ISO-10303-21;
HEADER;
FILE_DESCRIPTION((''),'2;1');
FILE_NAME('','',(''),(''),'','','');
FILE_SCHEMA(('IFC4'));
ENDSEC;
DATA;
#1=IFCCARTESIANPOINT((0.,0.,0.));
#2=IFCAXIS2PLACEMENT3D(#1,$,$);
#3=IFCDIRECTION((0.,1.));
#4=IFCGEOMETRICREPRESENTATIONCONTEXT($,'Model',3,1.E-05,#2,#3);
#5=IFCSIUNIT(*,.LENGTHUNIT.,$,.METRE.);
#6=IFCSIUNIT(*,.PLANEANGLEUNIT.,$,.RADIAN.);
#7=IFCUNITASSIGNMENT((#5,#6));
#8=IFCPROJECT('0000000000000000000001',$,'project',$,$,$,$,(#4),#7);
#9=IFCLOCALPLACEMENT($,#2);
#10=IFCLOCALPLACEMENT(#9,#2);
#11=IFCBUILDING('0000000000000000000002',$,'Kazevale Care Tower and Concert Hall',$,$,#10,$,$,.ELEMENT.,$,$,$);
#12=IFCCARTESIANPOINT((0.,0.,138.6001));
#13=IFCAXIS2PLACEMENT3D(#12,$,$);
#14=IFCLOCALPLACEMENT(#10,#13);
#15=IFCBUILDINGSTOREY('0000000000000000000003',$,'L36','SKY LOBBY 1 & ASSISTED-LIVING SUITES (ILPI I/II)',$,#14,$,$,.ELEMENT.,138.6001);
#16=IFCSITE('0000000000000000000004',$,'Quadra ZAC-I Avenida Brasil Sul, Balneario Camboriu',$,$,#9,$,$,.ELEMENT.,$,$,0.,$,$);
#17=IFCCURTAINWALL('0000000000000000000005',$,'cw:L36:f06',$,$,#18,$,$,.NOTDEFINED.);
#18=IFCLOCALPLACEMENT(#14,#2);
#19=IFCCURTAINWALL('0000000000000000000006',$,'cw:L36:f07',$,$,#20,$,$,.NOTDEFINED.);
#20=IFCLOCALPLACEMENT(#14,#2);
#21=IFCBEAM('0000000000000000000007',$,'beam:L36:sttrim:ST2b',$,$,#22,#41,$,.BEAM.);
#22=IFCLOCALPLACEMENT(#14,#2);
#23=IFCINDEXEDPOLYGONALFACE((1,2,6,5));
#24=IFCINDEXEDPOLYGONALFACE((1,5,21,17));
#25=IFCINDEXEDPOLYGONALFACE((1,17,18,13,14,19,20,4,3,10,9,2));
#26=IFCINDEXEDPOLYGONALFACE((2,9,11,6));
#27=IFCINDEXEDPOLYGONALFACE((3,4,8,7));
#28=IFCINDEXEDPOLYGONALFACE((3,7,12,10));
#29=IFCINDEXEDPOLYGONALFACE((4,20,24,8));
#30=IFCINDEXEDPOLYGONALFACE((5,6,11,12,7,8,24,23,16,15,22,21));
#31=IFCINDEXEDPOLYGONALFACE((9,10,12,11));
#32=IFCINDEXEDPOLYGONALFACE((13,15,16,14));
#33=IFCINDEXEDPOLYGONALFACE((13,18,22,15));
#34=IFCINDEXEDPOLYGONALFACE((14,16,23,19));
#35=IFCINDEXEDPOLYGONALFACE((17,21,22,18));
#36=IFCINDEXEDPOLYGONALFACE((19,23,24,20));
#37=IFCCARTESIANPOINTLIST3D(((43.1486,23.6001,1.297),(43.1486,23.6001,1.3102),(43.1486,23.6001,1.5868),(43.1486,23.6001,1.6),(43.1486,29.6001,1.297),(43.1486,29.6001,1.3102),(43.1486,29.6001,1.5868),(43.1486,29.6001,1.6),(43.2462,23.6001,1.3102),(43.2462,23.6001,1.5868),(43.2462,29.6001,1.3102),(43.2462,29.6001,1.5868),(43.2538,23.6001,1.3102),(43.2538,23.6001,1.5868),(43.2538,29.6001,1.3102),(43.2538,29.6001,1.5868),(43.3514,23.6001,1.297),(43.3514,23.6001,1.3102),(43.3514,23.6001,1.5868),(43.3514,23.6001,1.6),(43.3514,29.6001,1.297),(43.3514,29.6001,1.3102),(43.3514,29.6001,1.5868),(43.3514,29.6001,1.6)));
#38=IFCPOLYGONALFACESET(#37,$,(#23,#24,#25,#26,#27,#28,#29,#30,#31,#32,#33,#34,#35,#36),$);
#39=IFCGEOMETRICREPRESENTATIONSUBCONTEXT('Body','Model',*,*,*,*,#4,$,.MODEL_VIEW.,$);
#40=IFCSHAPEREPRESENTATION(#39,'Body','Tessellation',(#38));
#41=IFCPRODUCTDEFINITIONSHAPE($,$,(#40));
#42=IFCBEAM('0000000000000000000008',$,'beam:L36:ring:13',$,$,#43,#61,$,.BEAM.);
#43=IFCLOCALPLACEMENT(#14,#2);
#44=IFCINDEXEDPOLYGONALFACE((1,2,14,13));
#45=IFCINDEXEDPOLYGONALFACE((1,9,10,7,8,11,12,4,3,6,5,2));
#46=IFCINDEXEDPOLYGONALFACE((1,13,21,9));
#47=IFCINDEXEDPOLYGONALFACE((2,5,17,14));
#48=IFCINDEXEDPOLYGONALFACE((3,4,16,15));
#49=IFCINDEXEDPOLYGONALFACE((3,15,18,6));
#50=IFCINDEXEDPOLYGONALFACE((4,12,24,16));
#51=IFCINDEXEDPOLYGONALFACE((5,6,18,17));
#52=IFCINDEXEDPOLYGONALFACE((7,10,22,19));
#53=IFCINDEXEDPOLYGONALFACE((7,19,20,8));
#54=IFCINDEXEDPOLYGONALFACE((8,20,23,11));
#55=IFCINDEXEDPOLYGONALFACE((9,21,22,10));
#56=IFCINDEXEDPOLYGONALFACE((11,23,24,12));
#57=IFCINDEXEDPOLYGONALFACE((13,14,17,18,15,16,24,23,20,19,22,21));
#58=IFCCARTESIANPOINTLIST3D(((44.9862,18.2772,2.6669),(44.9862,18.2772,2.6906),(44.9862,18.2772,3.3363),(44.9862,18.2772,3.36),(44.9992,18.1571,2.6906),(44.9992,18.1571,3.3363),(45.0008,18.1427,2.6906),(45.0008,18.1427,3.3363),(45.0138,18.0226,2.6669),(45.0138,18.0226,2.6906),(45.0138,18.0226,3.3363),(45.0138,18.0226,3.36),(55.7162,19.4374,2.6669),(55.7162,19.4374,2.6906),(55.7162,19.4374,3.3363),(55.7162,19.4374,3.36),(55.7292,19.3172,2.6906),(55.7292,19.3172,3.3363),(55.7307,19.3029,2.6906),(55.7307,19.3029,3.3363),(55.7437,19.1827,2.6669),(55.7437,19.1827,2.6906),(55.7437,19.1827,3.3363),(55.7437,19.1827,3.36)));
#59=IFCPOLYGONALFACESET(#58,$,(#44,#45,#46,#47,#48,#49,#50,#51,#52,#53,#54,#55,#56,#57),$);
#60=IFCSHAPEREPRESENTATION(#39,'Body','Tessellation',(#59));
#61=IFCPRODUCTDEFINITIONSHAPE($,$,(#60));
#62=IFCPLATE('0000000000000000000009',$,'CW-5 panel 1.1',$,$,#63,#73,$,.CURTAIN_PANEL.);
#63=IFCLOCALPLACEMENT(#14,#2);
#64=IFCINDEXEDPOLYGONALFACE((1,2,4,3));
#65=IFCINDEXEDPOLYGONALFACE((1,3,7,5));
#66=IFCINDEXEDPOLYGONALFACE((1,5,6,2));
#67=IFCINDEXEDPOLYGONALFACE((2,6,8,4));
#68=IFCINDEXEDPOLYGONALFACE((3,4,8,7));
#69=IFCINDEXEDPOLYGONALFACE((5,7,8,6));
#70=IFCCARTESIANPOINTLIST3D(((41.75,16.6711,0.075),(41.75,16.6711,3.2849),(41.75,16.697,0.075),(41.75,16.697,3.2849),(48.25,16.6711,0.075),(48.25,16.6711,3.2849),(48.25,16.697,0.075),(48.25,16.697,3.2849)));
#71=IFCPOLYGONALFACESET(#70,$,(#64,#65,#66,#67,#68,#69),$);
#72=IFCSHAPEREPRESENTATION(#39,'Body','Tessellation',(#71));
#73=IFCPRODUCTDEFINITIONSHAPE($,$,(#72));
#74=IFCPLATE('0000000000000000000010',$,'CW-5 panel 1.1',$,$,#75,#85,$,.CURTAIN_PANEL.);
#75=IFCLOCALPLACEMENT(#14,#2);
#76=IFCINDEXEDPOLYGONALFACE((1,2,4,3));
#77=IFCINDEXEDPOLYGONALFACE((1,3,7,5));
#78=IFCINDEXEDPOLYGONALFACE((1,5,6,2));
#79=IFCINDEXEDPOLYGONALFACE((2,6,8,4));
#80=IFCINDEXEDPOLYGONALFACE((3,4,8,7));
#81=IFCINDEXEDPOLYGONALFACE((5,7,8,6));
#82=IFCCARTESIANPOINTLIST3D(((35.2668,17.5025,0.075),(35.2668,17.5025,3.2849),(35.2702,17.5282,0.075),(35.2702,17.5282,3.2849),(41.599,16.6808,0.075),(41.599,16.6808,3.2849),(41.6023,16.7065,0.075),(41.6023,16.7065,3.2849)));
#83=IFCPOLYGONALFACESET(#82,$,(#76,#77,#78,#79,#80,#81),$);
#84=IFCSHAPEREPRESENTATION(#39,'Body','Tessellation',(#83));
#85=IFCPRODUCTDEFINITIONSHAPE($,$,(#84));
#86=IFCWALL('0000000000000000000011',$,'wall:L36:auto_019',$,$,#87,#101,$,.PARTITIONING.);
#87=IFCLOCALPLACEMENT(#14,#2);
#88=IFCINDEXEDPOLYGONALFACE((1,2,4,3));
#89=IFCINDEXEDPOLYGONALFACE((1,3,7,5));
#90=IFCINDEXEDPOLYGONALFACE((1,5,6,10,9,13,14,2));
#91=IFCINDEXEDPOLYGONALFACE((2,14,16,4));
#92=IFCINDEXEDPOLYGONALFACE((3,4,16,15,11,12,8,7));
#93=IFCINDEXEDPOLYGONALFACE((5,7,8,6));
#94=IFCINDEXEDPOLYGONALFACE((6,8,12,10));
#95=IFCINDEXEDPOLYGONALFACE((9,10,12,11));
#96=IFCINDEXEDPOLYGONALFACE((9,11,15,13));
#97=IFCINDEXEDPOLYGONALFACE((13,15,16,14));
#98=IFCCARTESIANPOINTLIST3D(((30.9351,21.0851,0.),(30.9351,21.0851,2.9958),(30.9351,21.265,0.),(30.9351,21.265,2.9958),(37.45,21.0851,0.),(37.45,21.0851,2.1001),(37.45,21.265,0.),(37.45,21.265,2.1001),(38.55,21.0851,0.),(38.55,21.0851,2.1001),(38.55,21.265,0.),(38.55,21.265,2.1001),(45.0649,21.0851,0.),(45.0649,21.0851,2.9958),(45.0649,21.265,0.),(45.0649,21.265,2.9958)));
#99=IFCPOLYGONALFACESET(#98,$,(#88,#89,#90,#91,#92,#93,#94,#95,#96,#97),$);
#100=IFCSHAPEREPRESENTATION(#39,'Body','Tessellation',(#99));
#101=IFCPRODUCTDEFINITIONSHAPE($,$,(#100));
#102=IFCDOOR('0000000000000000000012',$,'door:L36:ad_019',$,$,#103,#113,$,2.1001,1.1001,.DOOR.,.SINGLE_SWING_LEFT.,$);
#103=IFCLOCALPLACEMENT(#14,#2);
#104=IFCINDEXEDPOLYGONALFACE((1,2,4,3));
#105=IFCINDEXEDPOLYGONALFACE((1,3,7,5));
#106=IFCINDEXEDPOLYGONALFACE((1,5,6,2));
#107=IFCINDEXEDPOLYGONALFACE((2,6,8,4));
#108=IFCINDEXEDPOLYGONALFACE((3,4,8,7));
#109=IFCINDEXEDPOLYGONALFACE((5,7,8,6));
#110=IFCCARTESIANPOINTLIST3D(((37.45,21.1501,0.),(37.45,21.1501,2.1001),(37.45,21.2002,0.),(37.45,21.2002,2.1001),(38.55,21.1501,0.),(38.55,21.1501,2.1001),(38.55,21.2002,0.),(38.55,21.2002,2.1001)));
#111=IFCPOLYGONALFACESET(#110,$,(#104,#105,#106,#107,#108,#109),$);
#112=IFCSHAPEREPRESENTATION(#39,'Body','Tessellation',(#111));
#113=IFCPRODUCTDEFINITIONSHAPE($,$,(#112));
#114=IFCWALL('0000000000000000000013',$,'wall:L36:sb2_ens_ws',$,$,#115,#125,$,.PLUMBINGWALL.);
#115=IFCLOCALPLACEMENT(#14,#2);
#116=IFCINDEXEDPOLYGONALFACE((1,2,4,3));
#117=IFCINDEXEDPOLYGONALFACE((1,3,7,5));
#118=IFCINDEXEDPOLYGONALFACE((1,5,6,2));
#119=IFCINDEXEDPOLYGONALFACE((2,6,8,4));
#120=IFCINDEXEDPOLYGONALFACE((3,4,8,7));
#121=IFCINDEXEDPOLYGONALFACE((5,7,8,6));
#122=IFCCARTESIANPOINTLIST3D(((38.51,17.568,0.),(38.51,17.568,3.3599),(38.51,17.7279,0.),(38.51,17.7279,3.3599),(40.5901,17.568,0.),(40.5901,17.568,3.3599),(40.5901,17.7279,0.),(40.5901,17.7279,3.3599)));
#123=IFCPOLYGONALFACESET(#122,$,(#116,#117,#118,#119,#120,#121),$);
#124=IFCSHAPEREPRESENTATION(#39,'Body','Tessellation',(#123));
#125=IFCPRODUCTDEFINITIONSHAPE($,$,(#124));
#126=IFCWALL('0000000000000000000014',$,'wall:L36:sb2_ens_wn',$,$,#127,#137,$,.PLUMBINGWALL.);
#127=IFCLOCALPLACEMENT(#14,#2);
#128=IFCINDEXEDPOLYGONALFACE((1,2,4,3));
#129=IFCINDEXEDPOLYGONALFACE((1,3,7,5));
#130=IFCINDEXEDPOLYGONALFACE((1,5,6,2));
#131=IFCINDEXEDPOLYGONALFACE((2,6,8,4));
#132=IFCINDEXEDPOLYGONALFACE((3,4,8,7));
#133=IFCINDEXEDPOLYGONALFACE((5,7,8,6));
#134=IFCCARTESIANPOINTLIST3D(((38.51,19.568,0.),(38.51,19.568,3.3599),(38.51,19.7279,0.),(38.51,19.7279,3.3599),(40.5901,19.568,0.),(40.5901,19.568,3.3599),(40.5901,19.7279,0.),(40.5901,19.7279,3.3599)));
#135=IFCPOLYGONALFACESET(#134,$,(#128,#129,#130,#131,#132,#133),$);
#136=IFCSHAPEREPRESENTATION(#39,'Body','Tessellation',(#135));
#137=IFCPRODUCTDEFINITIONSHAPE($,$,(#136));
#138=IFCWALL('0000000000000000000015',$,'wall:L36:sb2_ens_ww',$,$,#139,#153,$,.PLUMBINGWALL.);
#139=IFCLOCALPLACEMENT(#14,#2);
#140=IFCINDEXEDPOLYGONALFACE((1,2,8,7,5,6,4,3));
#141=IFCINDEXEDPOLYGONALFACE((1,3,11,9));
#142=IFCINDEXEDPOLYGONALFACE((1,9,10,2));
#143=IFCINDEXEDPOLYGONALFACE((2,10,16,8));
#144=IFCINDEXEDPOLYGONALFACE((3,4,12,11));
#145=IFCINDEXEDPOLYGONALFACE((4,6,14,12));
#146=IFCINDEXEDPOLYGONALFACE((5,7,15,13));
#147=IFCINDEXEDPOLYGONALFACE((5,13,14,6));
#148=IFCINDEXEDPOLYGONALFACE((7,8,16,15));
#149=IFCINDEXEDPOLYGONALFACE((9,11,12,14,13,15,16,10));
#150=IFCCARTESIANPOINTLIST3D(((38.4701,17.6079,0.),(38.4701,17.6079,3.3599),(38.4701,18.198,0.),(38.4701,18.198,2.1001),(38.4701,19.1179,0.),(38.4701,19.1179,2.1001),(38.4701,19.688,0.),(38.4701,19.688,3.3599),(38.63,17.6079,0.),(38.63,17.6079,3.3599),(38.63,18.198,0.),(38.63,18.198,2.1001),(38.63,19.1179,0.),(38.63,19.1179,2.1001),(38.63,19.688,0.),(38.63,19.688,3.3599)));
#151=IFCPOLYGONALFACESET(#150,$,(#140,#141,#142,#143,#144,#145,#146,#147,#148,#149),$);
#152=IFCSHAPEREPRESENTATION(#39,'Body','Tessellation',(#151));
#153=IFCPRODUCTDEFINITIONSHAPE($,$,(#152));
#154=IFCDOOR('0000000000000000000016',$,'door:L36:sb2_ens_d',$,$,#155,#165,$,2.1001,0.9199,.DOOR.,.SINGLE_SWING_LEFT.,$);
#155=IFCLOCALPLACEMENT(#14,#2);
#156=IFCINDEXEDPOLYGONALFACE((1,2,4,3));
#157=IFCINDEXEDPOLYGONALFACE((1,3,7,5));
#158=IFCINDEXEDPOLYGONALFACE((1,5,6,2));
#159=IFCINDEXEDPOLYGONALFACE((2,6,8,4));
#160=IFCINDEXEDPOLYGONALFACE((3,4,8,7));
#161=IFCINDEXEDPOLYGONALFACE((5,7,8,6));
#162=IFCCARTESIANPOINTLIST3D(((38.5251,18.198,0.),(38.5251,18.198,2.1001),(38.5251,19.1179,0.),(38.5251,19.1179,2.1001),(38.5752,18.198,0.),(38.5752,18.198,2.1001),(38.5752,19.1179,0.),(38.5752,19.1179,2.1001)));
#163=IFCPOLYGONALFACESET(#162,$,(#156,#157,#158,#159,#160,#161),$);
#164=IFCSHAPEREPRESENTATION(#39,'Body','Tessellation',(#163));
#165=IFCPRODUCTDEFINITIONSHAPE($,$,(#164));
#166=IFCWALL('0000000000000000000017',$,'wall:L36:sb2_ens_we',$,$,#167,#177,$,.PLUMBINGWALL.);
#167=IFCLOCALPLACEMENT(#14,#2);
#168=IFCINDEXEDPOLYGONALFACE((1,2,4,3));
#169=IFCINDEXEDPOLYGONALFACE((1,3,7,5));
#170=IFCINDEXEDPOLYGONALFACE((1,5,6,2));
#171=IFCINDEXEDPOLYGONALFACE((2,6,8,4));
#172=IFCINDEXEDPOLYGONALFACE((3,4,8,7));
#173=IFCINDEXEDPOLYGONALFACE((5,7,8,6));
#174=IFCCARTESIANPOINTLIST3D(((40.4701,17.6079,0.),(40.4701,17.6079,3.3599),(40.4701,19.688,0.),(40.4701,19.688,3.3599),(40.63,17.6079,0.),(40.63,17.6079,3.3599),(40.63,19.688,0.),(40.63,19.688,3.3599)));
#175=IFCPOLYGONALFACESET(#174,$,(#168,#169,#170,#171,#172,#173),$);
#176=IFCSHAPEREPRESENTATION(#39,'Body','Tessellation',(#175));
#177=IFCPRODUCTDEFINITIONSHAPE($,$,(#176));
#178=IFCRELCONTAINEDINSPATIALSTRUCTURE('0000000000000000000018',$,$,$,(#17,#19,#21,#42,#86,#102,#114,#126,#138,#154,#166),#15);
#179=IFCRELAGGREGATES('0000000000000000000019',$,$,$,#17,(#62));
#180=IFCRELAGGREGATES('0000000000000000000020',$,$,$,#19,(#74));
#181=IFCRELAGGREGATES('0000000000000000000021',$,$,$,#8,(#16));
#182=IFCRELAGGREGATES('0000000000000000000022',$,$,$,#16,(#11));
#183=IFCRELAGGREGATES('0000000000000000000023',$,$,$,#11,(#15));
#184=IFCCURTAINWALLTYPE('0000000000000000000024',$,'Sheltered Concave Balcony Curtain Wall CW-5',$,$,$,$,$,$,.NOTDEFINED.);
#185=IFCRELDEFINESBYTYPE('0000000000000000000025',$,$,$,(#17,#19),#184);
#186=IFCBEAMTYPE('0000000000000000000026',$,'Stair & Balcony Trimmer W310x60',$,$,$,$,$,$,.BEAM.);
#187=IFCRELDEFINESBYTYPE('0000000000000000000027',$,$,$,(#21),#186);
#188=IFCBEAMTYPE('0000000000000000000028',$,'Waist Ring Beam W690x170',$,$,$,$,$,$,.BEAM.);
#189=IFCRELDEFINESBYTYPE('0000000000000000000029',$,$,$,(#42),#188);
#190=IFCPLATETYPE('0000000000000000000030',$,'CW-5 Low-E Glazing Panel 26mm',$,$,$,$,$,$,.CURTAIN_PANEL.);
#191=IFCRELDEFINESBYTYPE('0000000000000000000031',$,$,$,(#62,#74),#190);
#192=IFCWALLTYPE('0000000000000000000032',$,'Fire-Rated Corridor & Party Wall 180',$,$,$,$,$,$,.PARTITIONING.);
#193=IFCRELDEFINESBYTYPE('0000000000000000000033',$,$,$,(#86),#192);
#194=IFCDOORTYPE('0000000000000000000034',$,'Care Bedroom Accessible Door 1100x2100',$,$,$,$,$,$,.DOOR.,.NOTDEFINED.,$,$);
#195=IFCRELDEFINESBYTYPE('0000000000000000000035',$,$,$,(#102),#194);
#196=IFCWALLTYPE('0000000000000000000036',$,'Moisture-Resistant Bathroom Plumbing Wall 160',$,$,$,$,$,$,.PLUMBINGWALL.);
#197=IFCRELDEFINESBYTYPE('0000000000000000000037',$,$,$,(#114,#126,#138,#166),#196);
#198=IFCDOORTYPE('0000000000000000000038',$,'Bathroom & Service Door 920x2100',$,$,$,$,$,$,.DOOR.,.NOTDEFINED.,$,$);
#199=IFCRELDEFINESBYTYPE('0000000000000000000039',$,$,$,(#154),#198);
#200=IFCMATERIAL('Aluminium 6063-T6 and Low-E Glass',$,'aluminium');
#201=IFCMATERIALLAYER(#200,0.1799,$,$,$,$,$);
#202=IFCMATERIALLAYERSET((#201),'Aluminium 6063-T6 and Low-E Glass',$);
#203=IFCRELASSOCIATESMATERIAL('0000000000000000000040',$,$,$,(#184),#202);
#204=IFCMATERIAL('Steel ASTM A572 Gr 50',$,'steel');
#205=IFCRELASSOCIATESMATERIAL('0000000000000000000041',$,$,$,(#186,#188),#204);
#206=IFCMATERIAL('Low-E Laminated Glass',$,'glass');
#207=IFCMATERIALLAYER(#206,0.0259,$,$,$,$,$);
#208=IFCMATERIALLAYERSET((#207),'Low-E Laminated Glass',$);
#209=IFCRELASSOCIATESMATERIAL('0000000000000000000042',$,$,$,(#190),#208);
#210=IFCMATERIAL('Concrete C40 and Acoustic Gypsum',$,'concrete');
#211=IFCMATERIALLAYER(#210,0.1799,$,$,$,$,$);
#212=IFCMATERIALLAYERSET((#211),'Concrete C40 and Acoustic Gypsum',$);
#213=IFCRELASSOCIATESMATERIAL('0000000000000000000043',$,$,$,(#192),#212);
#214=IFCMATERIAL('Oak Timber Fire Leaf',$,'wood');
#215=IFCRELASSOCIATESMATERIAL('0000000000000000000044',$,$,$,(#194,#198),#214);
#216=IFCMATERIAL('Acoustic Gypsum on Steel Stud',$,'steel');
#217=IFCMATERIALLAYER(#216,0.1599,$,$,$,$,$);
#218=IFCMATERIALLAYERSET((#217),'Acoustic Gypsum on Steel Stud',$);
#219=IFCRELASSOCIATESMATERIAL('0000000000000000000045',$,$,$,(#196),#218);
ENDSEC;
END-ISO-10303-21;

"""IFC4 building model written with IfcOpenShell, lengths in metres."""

from ifc_helpers import new_model, si_unit, direction, frame, frame_2d, origin, origin_2d, place, context, subcontext, project, spatial, rectangle, i_section, extrude, material, layer, layer_set, material_profile, profile_set, type_object, element, fill, aggregate, save


model = new_model("IFC4")

# Units and contexts
model_context = context("Model", 3, precision=1e-05, world=origin(), true_north=direction((0.0, 1.0)))
body_context = subcontext(model_context, "Body", "Model", "MODEL_VIEW")
ifc_project = project(units=[si_unit("LENGTHUNIT", "METRE"), si_unit("PLANEANGLEUNIT", "RADIAN")], contexts=[model_context])

# Site, building, storey
site_placement = place(None, origin())
site = spatial("IfcSite", under=ifc_project, at=site_placement, Name="Quadra ZAC-I Avenida Brasil Sul, Balneario Camboriu", CompositionType="ELEMENT", RefElevation=0.0)
building_placement = place(site_placement, origin())
building = spatial("IfcBuilding", under=site, at=building_placement, Name="Kazevale Care Tower and Concert Hall", CompositionType="ELEMENT")
storey_placement = place(building_placement, frame((0.0, 0.0, 138.6001)))
storey = spatial("IfcBuildingStorey", under=building, at=storey_placement, Name="L36", Description="SKY LOBBY 1 & ASSISTED-LIVING SUITES (ILPI I/II)", CompositionType="ELEMENT", Elevation=138.6001)

# Curtain wall
ifc_material_1 = material(Name="Aluminium 6063-T6 and Low-E Glass", Category="aluminium")
ifc_layer_1 = layer(ifc_material_1, 0.1799)
ifc_layer_set_1 = layer_set([ifc_layer_1], Name="Aluminium 6063-T6 and Low-E Glass")
curtain_wall_type = type_object("IfcCurtainWallType", Name="Sheltered Concave Balcony Curtain Wall CW-5", PredefinedType="NOTDEFINED", material=ifc_layer_set_1)
curtain_wall_1_placement = place(storey_placement, origin())
curtain_wall_1 = element("IfcCurtainWall", 1, at=curtain_wall_1_placement, inside=storey, type_object=curtain_wall_type, Name="cw:L36:f06", PredefinedType="NOTDEFINED")

# Curtain wall
curtain_wall_2_placement = place(storey_placement, origin())
curtain_wall_2 = element("IfcCurtainWall", 2, at=curtain_wall_2_placement, inside=storey, type_object=curtain_wall_type, Name="cw:L36:f07", PredefinedType="NOTDEFINED")

# Beams
ifc_material_2 = material(Name="Steel ASTM A572 Gr 50", Category="steel")
ifc_material_profile_1 = material_profile(ifc_material_2, i_section(OverallWidth=0.2029, OverallDepth=0.303, WebThickness=0.0076, FlangeThickness=0.0132, at=origin_2d()), Name="W310x60")
ifc_profile_set_1 = profile_set([ifc_material_profile_1], Name="Steel ASTM A572 Gr 50")
beam_type_1 = type_object("IfcBeamType", Name="Stair & Balcony Trimmer W310x60", PredefinedType="BEAM", material=ifc_profile_set_1)
for number, where, z_axis, x_axis, name in (
    (3, (43.25, 23.6001, 1.4485), (0.0, 1.0, 0.0), (-1.0, 0.0, 0.0), "beam:L36:sttrim:ST2b"),
):
    element("IfcBeam", number, at=place(storey_placement, frame(where, z_axis=z_axis, x_axis=x_axis)), inside=storey, type_object=beam_type_1, Name=name, PredefinedType="BEAM", context=body_context, shape_type="SweptSolid", body=[
        extrude(i_section(OverallWidth=0.2029, OverallDepth=0.303, WebThickness=0.0076, FlangeThickness=0.0132, at=origin_2d()), origin(), (0.0, 0.0, 1.0), 6.0),
    ])
ifc_material_profile_2 = material_profile(ifc_material_2, i_section(OverallWidth=0.2561, OverallDepth=0.6931, WebThickness=0.0144, FlangeThickness=0.0237, at=origin_2d()), Name="W690x170")
ifc_profile_set_2 = profile_set([ifc_material_profile_2], Name="Steel ASTM A572 Gr 50")
beam_type_2 = type_object("IfcBeamType", Name="Waist Ring Beam W690x170", PredefinedType="BEAM", material=ifc_profile_set_2)
beam_1_placement = place(storey_placement, frame((45.0, 18.1499, 3.0134), z_axis=(0.994205, 0.107496, 0.0), x_axis=(-0.107496, 0.994205, 0.0)))
element("IfcBeam", 4, at=beam_1_placement, inside=storey, type_object=beam_type_2, Name="beam:L36:ring:13", PredefinedType="BEAM", context=body_context, shape_type="SweptSolid", body=[
    extrude(i_section(OverallWidth=0.2561, OverallDepth=0.6931, WebThickness=0.0144, FlangeThickness=0.0237, at=origin_2d()), origin(), (0.0, 0.0, 1.0), 10.7925),
])

# Plates
ifc_material_3 = material(Name="Low-E Laminated Glass", Category="glass")
ifc_layer_2 = layer(ifc_material_3, 0.0259)
ifc_layer_set_2 = layer_set([ifc_layer_2], Name="Low-E Laminated Glass")
plate_type = type_object("IfcPlateType", Name="CW-5 Low-E Glazing Panel 26mm", PredefinedType="CURTAIN_PANEL", material=ifc_layer_set_2)
plate_1_placement = place(storey_placement, frame((45.0, 16.6841, 0.075), z_axis=(0.0, 0.0, 1.0), x_axis=(-1.0, 0.0, 0.0)))
plate_1 = element("IfcPlate", 5, at=plate_1_placement, type_object=plate_type, Name="CW-5 panel 1.1", PredefinedType="CURTAIN_PANEL", context=body_context, shape_type="SweptSolid", body=[
    extrude(rectangle(XDim=6.5, YDim=0.0259, at=origin_2d()), origin(), (0.0, 0.0, 1.0), 3.21),
])
aggregate(curtain_wall_1, [plate_1])
plate_2_placement = place(storey_placement, frame((38.4346, 17.1045, 0.075), z_axis=(0.0, 0.0, 1.0), x_axis=(-0.991686, 0.128685, 0.0)))
plate_2 = element("IfcPlate", 6, at=plate_2_placement, type_object=plate_type, Name="CW-5 panel 1.1", PredefinedType="CURTAIN_PANEL", context=body_context, shape_type="SweptSolid", body=[
    extrude(rectangle(XDim=6.3853, YDim=0.0259, at=origin_2d()), origin(), (0.0, 0.0, 1.0), 3.21),
])
aggregate(curtain_wall_2, [plate_2])

# Wall, opening, door
ifc_material_4 = material(Name="Concrete C40 and Acoustic Gypsum", Category="concrete")
ifc_layer_3 = layer(ifc_material_4, 0.1799)
ifc_layer_set_3 = layer_set([ifc_layer_3], Name="Concrete C40 and Acoustic Gypsum")
wall_type_1 = type_object("IfcWallType", Name="Fire-Rated Corridor & Party Wall 180", PredefinedType="PARTITIONING", material=ifc_layer_set_3)
wall_1_placement = place(storey_placement, frame((45.0649, 21.175, 0.0), z_axis=(0.0, 0.0, 1.0), x_axis=(-1.0, 0.0, 0.0)))
wall_1 = element("IfcWall", 7, at=wall_1_placement, inside=storey, type_object=wall_type_1, Name="wall:L36:auto_019", PredefinedType="PARTITIONING", context=body_context, shape_type="SweptSolid", body=[
    extrude(rectangle(XDim=14.1299, YDim=0.1799, at=frame_2d((7.0649, 0.0))), origin(), (0.0, 0.0, 1.0), 2.9958),
])
opening_1_placement = place(wall_1_placement, frame((6.5149, 0.0, 0.0)))
opening_1 = element("IfcOpeningElement", 8, at=opening_1_placement, cuts=wall_1, PredefinedType="OPENING", context=body_context, shape_type="SweptSolid", body=[
    extrude(rectangle(XDim=1.1001, YDim=2.1001, at=frame_2d((0.55, 1.05))), frame((0.0, 0.0999, 0.0), z_axis=(0.0, -1.0, 0.0), x_axis=(1.0, 0.0, 0.0)), (0.0, 0.0, 1.0), 0.2),
])
ifc_material_5 = material(Name="Oak Timber Fire Leaf", Category="wood")
door_type_1 = type_object("IfcDoorType", Name="Care Bedroom Accessible Door 1100x2100", OperationType="NOTDEFINED", PredefinedType="DOOR", material=ifc_material_5)
door_1_placement = place(opening_1_placement, origin())
door_1 = element("IfcDoor", 9, at=door_1_placement, inside=storey, type_object=door_type_1, Name="door:L36:ad_019", OperationType="SINGLE_SWING_LEFT", OverallHeight=2.1001, OverallWidth=1.1001, PredefinedType="DOOR", context=body_context, shape_type="SweptSolid", body=[
    extrude(rectangle(XDim=1.1001, YDim=2.1001, at=frame_2d((0.55, 1.05))), frame((0.0, 0.0249, 0.0), z_axis=(0.0, -1.0, 0.0), x_axis=(1.0, 0.0, 0.0)), (0.0, 0.0, 1.0), 0.05),
])
fill(opening_1, door_1)

# Walls
ifc_material_6 = material(Name="Acoustic Gypsum on Steel Stud", Category="steel")
ifc_layer_4 = layer(ifc_material_6, 0.1599)
ifc_layer_set_4 = layer_set([ifc_layer_4], Name="Acoustic Gypsum on Steel Stud")
wall_type_2 = type_object("IfcWallType", Name="Moisture-Resistant Bathroom Plumbing Wall 160", PredefinedType="PLUMBINGWALL", material=ifc_layer_set_4)
for number, where, z_axis, x_axis, name in (
    (10, (38.51, 17.6479, 0.0), (0.0, 0.0, 1.0), (1.0, 0.0, 0.0), "wall:L36:sb2_ens_ws"),
    (11, (38.51, 19.6479, 0.0), (0.0, 0.0, 1.0), (1.0, 0.0, 0.0), "wall:L36:sb2_ens_wn"),
):
    element("IfcWall", number, at=place(storey_placement, frame(where, z_axis=z_axis, x_axis=x_axis)), inside=storey, type_object=wall_type_2, Name=name, PredefinedType="PLUMBINGWALL", context=body_context, shape_type="SweptSolid", body=[
        extrude(rectangle(XDim=2.0801, YDim=0.1599, at=frame_2d((1.04, 0.0))), origin(), (0.0, 0.0, 1.0), 3.3599),
    ])

# Wall, opening, door
wall_2_placement = place(storey_placement, frame((38.55, 17.6079, 0.0), z_axis=(0.0, 0.0, 1.0), x_axis=(0.0, 1.0, 0.0)))
wall_2 = element("IfcWall", 12, at=wall_2_placement, inside=storey, type_object=wall_type_2, Name="wall:L36:sb2_ens_ww", PredefinedType="PLUMBINGWALL", context=body_context, shape_type="SweptSolid", body=[
    extrude(rectangle(XDim=2.0801, YDim=0.1599, at=frame_2d((1.04, 0.0))), origin(), (0.0, 0.0, 1.0), 3.3599),
])
opening_2_placement = place(wall_2_placement, frame((0.5901, 0.0, 0.0)))
opening_2 = element("IfcOpeningElement", 13, at=opening_2_placement, cuts=wall_2, PredefinedType="OPENING", context=body_context, shape_type="SweptSolid", body=[
    extrude(rectangle(XDim=0.9199, YDim=2.1001, at=frame_2d((0.46, 1.05))), frame((0.0, 0.0898, 0.0), z_axis=(0.0, -1.0, 0.0), x_axis=(1.0, 0.0, 0.0)), (0.0, 0.0, 1.0), 0.1799),
])
door_type_2 = type_object("IfcDoorType", Name="Bathroom & Service Door 920x2100", OperationType="NOTDEFINED", PredefinedType="DOOR", material=ifc_material_5)
door_2_placement = place(opening_2_placement, origin())
door_2 = element("IfcDoor", 14, at=door_2_placement, inside=storey, type_object=door_type_2, Name="door:L36:sb2_ens_d", OperationType="SINGLE_SWING_LEFT", OverallHeight=2.1001, OverallWidth=0.9199, PredefinedType="DOOR", context=body_context, shape_type="SweptSolid", body=[
    extrude(rectangle(XDim=0.9199, YDim=2.1001, at=frame_2d((0.46, 1.05))), frame((0.0, 0.0249, 0.0), z_axis=(0.0, -1.0, 0.0), x_axis=(1.0, 0.0, 0.0)), (0.0, 0.0, 1.0), 0.05),
])
fill(opening_2, door_2)

# Wall
wall_3_placement = place(storey_placement, frame((40.55, 17.6079, 0.0), z_axis=(0.0, 0.0, 1.0), x_axis=(0.0, 1.0, 0.0)))
element("IfcWall", 15, at=wall_3_placement, inside=storey, type_object=wall_type_2, Name="wall:L36:sb2_ens_we", PredefinedType="PLUMBINGWALL", context=body_context, shape_type="SweptSolid", body=[
    extrude(rectangle(XDim=2.0801, YDim=0.1599, at=frame_2d((1.04, 0.0))), origin(), (0.0, 0.0, 1.0), 3.3599),
])

save(model, "model.ifc")
